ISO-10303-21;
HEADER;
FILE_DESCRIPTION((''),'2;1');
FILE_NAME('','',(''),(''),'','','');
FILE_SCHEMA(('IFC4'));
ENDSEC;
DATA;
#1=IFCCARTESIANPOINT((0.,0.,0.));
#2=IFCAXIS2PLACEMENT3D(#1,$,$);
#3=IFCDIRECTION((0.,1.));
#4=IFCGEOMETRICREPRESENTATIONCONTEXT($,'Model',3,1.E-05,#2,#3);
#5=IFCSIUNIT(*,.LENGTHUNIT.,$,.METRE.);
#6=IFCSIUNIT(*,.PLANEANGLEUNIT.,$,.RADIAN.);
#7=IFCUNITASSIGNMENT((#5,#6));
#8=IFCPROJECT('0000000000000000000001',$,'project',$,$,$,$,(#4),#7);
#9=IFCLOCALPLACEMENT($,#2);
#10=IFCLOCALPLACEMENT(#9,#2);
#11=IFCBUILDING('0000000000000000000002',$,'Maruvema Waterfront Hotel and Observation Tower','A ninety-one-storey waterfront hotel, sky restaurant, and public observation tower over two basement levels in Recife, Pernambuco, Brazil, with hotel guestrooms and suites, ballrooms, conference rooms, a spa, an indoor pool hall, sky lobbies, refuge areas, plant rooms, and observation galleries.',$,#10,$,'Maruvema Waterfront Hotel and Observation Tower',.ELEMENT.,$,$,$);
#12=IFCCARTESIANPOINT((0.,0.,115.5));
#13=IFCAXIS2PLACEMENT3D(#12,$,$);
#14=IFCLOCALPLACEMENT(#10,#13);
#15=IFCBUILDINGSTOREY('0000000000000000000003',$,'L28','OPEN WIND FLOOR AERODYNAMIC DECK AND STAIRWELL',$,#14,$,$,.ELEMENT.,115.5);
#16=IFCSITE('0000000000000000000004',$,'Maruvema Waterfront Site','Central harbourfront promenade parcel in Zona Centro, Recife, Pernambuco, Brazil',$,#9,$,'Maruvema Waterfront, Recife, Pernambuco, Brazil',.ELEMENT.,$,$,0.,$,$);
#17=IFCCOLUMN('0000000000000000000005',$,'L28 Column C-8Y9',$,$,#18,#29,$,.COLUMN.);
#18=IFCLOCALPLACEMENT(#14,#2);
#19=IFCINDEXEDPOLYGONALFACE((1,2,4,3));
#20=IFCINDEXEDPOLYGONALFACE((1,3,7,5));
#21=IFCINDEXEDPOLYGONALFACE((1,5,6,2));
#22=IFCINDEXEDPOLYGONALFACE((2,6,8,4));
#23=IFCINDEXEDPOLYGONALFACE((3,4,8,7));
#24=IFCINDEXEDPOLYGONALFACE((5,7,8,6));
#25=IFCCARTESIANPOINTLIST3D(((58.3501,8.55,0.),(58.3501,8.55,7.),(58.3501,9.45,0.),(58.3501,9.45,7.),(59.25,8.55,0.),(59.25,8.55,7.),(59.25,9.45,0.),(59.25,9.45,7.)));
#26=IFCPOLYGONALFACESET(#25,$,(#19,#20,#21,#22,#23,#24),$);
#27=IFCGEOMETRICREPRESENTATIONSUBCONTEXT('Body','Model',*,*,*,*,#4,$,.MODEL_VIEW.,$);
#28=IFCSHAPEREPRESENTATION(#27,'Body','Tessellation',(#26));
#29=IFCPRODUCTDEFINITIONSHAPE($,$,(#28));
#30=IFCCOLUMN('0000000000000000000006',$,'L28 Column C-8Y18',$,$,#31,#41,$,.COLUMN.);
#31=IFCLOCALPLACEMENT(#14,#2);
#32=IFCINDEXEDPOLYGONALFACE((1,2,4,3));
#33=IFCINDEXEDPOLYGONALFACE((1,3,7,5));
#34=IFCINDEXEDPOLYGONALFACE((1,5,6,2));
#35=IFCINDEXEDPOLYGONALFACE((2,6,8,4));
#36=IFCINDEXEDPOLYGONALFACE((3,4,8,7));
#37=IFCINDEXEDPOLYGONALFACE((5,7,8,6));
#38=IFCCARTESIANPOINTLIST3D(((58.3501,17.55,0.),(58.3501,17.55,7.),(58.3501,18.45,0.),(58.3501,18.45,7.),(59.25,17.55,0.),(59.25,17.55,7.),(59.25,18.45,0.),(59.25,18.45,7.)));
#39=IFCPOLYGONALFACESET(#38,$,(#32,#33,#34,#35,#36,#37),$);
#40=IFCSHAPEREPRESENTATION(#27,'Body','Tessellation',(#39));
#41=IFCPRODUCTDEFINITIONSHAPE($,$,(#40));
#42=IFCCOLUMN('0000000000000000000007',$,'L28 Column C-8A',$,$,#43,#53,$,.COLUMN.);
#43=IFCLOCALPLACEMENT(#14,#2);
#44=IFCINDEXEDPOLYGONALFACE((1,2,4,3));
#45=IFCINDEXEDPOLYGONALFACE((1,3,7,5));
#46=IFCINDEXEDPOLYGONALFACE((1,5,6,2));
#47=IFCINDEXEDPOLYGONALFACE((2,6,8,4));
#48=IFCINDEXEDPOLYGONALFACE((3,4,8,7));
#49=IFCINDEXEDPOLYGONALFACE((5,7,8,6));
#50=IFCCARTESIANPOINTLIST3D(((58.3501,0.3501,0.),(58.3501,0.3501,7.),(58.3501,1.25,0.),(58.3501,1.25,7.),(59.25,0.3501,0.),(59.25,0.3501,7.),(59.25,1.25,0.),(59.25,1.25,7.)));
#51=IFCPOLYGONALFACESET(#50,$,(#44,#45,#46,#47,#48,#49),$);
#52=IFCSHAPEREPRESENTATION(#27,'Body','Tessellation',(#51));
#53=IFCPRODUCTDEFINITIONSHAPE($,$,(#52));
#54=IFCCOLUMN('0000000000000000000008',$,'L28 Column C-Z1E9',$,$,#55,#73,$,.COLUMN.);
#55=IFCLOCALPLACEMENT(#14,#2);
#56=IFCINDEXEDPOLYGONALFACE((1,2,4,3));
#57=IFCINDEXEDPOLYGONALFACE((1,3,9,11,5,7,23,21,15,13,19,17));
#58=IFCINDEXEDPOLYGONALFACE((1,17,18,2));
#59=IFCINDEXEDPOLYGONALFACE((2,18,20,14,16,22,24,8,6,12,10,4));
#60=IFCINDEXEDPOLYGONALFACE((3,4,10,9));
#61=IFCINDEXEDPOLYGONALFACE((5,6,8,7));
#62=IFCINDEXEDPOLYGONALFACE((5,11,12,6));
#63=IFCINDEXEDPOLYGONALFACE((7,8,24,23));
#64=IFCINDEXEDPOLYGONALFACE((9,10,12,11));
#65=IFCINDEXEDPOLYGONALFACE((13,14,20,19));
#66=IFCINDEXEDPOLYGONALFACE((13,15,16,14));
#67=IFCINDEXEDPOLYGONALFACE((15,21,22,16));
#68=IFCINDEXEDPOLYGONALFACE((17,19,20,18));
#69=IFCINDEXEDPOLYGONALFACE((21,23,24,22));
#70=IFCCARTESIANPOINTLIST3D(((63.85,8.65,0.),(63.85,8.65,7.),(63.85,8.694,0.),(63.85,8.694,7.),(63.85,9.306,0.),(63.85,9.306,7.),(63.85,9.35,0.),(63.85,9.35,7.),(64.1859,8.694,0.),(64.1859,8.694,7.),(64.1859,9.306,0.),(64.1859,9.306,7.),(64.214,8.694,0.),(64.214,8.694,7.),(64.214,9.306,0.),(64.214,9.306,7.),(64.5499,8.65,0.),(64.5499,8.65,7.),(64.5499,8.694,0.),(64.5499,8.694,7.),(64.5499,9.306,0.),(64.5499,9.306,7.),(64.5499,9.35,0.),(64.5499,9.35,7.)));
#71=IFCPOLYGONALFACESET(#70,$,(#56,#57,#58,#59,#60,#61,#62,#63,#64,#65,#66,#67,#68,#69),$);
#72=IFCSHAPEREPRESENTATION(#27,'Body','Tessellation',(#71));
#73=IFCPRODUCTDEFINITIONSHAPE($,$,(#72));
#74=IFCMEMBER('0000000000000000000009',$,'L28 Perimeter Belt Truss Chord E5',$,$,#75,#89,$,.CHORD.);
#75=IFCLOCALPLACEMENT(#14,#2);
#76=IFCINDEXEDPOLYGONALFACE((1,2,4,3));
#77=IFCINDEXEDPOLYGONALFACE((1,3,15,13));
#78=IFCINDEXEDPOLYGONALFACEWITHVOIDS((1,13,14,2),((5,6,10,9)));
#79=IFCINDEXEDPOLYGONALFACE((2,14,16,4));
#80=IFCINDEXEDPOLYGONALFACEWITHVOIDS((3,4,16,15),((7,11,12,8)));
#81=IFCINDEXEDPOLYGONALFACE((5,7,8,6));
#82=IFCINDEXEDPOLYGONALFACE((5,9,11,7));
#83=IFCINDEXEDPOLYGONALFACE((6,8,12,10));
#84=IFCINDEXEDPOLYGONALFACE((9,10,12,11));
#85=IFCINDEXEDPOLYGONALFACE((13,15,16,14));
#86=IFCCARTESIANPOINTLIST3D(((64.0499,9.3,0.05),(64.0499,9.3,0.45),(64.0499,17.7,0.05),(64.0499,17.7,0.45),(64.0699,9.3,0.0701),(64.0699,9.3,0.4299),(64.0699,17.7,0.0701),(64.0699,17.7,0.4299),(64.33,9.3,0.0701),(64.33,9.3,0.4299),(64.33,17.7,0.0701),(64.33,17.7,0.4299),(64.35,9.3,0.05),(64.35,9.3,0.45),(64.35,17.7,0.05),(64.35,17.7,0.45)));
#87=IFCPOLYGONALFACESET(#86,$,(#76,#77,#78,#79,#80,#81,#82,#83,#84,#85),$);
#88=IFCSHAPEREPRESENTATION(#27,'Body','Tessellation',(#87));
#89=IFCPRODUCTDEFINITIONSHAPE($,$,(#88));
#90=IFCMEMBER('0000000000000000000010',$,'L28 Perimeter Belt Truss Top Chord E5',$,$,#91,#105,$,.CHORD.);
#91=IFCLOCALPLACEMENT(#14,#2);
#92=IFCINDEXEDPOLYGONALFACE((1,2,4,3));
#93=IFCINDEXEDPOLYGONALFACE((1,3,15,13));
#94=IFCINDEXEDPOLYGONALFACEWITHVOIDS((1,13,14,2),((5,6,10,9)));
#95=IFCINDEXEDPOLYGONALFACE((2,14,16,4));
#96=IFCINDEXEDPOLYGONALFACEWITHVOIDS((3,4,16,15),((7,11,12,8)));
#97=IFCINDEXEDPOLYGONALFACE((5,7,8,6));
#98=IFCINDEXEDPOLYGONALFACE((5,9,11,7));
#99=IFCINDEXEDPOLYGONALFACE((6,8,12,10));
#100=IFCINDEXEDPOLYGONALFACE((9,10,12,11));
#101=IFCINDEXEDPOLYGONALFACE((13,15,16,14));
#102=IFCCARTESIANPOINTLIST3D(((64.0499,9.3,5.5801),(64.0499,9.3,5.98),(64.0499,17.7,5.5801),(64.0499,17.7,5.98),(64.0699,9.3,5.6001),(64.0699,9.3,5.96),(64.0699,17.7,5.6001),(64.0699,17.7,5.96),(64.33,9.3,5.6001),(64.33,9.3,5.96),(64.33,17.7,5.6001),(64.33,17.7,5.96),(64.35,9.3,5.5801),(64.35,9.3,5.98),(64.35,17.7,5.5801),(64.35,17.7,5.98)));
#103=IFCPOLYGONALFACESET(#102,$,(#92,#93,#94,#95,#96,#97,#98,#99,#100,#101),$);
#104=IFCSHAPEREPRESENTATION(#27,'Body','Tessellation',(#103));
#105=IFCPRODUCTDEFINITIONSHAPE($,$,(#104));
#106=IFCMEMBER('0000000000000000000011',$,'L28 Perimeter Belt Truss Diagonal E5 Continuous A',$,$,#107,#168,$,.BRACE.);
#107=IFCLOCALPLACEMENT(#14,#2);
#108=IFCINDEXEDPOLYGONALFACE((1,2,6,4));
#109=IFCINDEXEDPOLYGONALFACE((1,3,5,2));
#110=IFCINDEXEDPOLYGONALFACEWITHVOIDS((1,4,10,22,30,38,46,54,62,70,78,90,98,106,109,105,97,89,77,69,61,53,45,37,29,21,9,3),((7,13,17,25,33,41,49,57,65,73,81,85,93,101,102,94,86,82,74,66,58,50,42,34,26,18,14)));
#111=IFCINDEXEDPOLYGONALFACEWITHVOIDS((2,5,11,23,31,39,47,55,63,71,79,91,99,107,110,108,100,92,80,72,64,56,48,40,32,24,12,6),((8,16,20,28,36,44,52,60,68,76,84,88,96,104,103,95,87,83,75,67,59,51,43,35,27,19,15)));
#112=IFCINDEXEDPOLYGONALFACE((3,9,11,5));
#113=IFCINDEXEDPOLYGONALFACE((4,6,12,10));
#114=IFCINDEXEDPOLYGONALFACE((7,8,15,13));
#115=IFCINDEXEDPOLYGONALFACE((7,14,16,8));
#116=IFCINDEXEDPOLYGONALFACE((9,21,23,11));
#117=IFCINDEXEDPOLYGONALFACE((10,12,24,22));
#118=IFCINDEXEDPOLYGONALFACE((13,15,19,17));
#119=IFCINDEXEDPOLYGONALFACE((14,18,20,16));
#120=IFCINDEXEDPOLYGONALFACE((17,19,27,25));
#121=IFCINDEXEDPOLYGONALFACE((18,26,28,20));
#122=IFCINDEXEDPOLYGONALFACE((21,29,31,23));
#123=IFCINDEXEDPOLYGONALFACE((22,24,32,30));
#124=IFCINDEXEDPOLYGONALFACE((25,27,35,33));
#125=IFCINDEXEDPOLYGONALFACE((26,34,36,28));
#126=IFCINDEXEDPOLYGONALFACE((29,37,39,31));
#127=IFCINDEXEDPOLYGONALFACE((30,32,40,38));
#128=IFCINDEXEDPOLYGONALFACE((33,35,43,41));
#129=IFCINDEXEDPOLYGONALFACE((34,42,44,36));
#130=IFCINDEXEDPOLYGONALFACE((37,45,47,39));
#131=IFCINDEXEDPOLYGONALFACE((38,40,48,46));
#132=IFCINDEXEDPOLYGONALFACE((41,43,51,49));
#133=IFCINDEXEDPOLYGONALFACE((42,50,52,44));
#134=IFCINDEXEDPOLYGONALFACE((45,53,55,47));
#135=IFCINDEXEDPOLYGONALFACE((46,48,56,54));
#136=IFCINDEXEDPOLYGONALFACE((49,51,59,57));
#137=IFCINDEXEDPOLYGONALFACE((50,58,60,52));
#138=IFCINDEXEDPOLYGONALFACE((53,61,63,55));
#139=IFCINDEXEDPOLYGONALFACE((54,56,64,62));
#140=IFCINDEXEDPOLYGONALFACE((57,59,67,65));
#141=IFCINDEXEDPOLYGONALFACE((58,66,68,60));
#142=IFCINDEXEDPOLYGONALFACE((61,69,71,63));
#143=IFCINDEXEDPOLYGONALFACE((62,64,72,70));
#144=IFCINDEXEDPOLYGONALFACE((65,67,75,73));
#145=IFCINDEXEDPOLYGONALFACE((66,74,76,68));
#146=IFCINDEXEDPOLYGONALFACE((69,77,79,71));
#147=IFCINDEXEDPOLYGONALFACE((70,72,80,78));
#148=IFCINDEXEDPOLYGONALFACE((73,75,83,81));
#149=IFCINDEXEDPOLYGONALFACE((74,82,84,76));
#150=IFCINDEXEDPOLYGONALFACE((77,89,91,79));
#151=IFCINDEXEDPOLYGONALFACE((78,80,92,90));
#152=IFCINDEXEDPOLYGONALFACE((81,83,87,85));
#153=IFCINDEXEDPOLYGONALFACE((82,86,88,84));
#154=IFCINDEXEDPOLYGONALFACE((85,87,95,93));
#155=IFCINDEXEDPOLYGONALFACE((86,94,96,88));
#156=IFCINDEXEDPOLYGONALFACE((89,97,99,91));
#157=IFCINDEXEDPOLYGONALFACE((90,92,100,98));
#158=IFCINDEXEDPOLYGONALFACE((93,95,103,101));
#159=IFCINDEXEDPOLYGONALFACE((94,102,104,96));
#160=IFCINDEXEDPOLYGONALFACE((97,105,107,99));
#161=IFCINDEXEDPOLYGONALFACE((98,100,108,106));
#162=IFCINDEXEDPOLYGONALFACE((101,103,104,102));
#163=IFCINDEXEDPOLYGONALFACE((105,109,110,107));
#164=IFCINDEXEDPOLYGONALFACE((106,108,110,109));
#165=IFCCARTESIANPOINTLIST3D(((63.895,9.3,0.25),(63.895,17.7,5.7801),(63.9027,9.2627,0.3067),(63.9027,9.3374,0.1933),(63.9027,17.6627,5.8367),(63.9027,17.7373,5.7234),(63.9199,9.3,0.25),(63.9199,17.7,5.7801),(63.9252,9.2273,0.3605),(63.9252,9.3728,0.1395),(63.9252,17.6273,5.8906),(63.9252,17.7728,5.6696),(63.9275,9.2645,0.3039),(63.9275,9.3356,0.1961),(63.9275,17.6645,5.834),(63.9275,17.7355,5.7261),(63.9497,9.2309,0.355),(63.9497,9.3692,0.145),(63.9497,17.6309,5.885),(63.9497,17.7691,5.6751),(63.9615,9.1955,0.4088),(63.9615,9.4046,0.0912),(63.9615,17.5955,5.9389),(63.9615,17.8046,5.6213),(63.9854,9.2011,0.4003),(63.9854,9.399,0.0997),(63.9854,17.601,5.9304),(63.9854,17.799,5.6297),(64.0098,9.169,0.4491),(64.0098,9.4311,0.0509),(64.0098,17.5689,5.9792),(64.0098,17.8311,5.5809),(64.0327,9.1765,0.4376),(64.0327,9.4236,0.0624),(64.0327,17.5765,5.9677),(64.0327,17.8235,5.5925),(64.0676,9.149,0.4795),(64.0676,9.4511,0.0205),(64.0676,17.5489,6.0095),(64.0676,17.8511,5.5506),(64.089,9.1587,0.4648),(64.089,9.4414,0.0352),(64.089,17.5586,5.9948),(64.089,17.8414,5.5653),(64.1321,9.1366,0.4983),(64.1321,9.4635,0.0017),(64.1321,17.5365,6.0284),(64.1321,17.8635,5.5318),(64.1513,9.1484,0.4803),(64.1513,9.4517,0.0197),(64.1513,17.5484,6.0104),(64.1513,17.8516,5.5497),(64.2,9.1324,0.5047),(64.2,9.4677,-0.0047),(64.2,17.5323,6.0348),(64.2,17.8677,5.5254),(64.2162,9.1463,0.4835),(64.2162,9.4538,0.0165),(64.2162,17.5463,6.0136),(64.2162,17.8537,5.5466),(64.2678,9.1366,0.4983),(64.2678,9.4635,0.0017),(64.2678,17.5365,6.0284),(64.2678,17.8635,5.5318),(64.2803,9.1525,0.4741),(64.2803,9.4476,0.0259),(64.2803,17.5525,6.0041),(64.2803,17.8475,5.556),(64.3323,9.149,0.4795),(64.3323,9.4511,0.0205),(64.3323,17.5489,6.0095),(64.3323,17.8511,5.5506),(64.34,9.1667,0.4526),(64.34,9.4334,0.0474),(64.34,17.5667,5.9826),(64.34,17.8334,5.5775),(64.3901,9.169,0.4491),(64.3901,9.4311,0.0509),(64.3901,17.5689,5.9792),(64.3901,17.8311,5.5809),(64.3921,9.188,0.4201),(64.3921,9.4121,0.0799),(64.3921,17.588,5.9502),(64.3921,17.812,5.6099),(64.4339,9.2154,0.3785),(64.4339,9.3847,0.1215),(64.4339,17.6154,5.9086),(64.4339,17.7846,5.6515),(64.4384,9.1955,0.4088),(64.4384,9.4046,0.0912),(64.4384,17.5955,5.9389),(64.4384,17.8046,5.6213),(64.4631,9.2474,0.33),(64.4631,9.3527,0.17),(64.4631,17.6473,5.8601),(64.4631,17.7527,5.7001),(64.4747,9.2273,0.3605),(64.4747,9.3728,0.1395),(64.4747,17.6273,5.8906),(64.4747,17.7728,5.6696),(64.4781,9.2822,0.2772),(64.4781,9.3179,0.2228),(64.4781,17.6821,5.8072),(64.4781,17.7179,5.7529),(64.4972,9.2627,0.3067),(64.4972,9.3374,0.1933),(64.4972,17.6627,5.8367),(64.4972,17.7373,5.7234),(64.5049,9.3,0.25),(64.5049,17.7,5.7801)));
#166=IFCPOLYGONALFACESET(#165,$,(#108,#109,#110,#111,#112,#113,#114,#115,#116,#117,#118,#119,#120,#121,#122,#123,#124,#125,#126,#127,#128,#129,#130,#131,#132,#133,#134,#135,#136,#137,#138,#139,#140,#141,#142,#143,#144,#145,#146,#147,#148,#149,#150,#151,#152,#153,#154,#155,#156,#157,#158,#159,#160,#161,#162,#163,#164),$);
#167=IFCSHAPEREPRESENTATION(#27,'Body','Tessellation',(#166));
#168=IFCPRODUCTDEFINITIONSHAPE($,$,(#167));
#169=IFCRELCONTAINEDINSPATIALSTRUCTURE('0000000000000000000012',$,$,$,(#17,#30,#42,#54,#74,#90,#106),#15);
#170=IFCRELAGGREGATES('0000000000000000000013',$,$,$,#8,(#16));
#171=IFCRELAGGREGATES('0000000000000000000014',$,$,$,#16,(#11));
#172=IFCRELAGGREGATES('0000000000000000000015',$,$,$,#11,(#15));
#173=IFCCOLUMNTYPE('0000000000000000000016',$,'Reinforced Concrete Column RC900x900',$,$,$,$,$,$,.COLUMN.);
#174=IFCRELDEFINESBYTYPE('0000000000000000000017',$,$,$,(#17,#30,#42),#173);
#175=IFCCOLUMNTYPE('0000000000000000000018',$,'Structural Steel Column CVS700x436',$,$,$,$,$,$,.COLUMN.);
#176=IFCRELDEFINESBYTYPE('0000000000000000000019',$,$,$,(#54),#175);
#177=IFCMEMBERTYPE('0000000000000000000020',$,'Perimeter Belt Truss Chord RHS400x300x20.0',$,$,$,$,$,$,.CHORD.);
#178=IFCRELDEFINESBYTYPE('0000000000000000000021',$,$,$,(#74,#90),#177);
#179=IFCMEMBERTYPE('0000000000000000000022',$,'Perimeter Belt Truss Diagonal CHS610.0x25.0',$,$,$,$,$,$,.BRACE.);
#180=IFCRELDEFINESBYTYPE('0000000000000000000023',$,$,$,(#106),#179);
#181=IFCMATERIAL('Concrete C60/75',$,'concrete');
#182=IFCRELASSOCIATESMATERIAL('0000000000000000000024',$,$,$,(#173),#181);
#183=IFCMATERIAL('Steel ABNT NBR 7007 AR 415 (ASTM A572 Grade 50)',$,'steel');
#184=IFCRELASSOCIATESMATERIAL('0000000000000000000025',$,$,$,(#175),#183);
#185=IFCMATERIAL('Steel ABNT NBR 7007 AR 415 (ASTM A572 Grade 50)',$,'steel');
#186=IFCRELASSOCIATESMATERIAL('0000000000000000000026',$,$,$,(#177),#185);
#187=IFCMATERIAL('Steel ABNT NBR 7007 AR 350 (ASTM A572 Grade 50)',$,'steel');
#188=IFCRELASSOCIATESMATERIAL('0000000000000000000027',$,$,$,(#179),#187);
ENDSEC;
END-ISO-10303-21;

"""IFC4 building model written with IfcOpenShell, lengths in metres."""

from ifc_helpers import new_model, si_unit, direction, frame, origin, origin_2d, place, context, subcontext, project, spatial, rectangle, hollow_rectangle, hollow_circle, i_section, extrude, material, material_profile, profile_set, type_object, element, save


model = new_model("IFC4")

# Units and contexts
model_context = context("Model", 3, precision=1e-05, world=origin(), true_north=direction((0.0, 1.0)))
body_context = subcontext(model_context, "Body", "Model", "MODEL_VIEW")
ifc_project = project(units=[si_unit("LENGTHUNIT", "METRE"), si_unit("PLANEANGLEUNIT", "RADIAN")], contexts=[model_context])

# Site, building, storey
site_placement = place(None, origin())
site = spatial("IfcSite", under=ifc_project, at=site_placement, Name="Maruvema Waterfront Site", Description="Central harbourfront promenade parcel in Zona Centro, Recife, Pernambuco, Brazil", LongName="Maruvema Waterfront, Recife, Pernambuco, Brazil", CompositionType="ELEMENT", RefElevation=0.0)
building_placement = place(site_placement, origin())
building = spatial("IfcBuilding", under=site, at=building_placement, Name="Maruvema Waterfront Hotel and Observation Tower", Description="A ninety-one-storey waterfront hotel, sky restaurant, and public observation tower over two basement levels in Recife, Pernambuco, Brazil, with hotel guestrooms and suites, ballrooms, conference rooms, a spa, an indoor pool hall, sky lobbies, refuge areas, plant rooms, and observation galleries.", LongName="Maruvema Waterfront Hotel and Observation Tower", CompositionType="ELEMENT")
storey_placement = place(building_placement, frame((0.0, 0.0, 115.5)))
storey = spatial("IfcBuildingStorey", under=building, at=storey_placement, Name="L28", Description="OPEN WIND FLOOR AERODYNAMIC DECK AND STAIRWELL", CompositionType="ELEMENT", Elevation=115.5)

# Columns
ifc_material_1 = material(Name="Concrete C60/75", Category="concrete")
ifc_material_profile_1 = material_profile(ifc_material_1, rectangle(XDim=0.8999, YDim=0.8999, at=origin_2d()), Name="RC900x900")
ifc_profile_set_1 = profile_set([ifc_material_profile_1], Name="Concrete C60/75")
column_type_1 = type_object("IfcColumnType", Name="Reinforced Concrete Column RC900x900", PredefinedType="COLUMN", material=ifc_profile_set_1)
for number, where, z_axis, x_axis, name in (
    (1, (58.8, 9.0, 0.0), (0.0, 0.0, 1.0), (1.0, 0.0, 0.0), "L28 Column C-8Y9"),
    (2, (58.8, 18.0, 0.0), (0.0, 0.0, 1.0), (1.0, 0.0, 0.0), "L28 Column C-8Y18"),
    (3, (58.8, 0.8, 0.0), (0.0, 0.0, 1.0), (1.0, 0.0, 0.0), "L28 Column C-8A"),
):
    element("IfcColumn", number, at=place(storey_placement, frame(where, z_axis=z_axis, x_axis=x_axis)), inside=storey, type_object=column_type_1, Name=name, PredefinedType="COLUMN", context=body_context, shape_type="SweptSolid", body=[
        extrude(rectangle(XDim=0.8999, YDim=0.8999, at=origin_2d()), origin(), (0.0, 0.0, 1.0), 7.0),
    ])
ifc_material_2 = material(Name="Steel ABNT NBR 7007 AR 415 (ASTM A572 Grade 50)", Category="steel")
ifc_material_profile_2 = material_profile(ifc_material_2, i_section(OverallWidth=0.7, OverallDepth=0.7, WebThickness=0.0281, FlangeThickness=0.0439, at=origin_2d()), Name="CVS700x436")
ifc_profile_set_2 = profile_set([ifc_material_profile_2], Name="Steel ABNT NBR 7007 AR 415 (ASTM A572 Grade 50)")
column_type_2 = type_object("IfcColumnType", Name="Structural Steel Column CVS700x436", PredefinedType="COLUMN", material=ifc_profile_set_2)
column_placement = place(storey_placement, frame((64.2, 9.0, 0.0), z_axis=(0.0, 0.0, 1.0), x_axis=(1.0, 0.0, 0.0)))
element("IfcColumn", 4, at=column_placement, inside=storey, type_object=column_type_2, Name="L28 Column C-Z1E9", PredefinedType="COLUMN", context=body_context, shape_type="SweptSolid", body=[
    extrude(i_section(OverallWidth=0.7, OverallDepth=0.7, WebThickness=0.0281, FlangeThickness=0.0439, at=origin_2d()), origin(), (0.0, 0.0, 1.0), 7.0),
])

# Members
ifc_material_3 = material(Name="Steel ABNT NBR 7007 AR 415 (ASTM A572 Grade 50)", Category="steel")
ifc_material_profile_3 = material_profile(ifc_material_3, hollow_rectangle(XDim=0.3, YDim=0.3999, WallThickness=0.02, at=origin_2d()), Name="RHS400x300x20.0")
ifc_profile_set_3 = profile_set([ifc_material_profile_3], Name="Steel ABNT NBR 7007 AR 415 (ASTM A572 Grade 50)")
member_type_1 = type_object("IfcMemberType", Name="Perimeter Belt Truss Chord RHS400x300x20.0", PredefinedType="CHORD", material=ifc_profile_set_3)
for number, where, z_axis, x_axis, name in (
    (5, (64.2, 9.3, 0.25), (0.0, 1.0, 0.0), (-1.0, 0.0, 0.0), "L28 Perimeter Belt Truss Chord E5"),
    (6, (64.2, 9.3, 5.78), (0.0, 1.0, 0.0), (-1.0, 0.0, 0.0), "L28 Perimeter Belt Truss Top Chord E5"),
):
    element("IfcMember", number, at=place(storey_placement, frame(where, z_axis=z_axis, x_axis=x_axis)), inside=storey, type_object=member_type_1, Name=name, PredefinedType="CHORD", context=body_context, shape_type="SweptSolid", body=[
        extrude(hollow_rectangle(XDim=0.3, YDim=0.3999, WallThickness=0.02, at=origin_2d()), origin(), (0.0, 0.0, 1.0), 8.3999),
    ])
ifc_material_4 = material(Name="Steel ABNT NBR 7007 AR 350 (ASTM A572 Grade 50)", Category="steel")
ifc_material_profile_4 = material_profile(ifc_material_4, hollow_circle(Radius=0.3049, WallThickness=0.0249, at=origin_2d()), Name="CHS610.0x25.0")
ifc_profile_set_4 = profile_set([ifc_material_profile_4], Name="Steel ABNT NBR 7007 AR 350 (ASTM A572 Grade 50)")
member_type_2 = type_object("IfcMemberType", Name="Perimeter Belt Truss Diagonal CHS610.0x25.0", PredefinedType="BRACE", material=ifc_profile_set_4)
member_1_placement = place(storey_placement, frame((64.2, 9.3, 0.25), z_axis=(0.0, 0.835245, 0.549879), x_axis=(-1.0, 0.0, 0.0)))
element("IfcMember", 7, at=member_1_placement, inside=storey, type_object=member_type_2, Name="L28 Perimeter Belt Truss Diagonal E5 Continuous A", PredefinedType="BRACE", context=body_context, shape_type="SweptSolid", body=[
    extrude(hollow_circle(Radius=0.3049, WallThickness=0.0249, at=origin_2d()), origin(), (0.0, 0.0, 1.0), 10.0569),
])

save(model, "model.ifc")
